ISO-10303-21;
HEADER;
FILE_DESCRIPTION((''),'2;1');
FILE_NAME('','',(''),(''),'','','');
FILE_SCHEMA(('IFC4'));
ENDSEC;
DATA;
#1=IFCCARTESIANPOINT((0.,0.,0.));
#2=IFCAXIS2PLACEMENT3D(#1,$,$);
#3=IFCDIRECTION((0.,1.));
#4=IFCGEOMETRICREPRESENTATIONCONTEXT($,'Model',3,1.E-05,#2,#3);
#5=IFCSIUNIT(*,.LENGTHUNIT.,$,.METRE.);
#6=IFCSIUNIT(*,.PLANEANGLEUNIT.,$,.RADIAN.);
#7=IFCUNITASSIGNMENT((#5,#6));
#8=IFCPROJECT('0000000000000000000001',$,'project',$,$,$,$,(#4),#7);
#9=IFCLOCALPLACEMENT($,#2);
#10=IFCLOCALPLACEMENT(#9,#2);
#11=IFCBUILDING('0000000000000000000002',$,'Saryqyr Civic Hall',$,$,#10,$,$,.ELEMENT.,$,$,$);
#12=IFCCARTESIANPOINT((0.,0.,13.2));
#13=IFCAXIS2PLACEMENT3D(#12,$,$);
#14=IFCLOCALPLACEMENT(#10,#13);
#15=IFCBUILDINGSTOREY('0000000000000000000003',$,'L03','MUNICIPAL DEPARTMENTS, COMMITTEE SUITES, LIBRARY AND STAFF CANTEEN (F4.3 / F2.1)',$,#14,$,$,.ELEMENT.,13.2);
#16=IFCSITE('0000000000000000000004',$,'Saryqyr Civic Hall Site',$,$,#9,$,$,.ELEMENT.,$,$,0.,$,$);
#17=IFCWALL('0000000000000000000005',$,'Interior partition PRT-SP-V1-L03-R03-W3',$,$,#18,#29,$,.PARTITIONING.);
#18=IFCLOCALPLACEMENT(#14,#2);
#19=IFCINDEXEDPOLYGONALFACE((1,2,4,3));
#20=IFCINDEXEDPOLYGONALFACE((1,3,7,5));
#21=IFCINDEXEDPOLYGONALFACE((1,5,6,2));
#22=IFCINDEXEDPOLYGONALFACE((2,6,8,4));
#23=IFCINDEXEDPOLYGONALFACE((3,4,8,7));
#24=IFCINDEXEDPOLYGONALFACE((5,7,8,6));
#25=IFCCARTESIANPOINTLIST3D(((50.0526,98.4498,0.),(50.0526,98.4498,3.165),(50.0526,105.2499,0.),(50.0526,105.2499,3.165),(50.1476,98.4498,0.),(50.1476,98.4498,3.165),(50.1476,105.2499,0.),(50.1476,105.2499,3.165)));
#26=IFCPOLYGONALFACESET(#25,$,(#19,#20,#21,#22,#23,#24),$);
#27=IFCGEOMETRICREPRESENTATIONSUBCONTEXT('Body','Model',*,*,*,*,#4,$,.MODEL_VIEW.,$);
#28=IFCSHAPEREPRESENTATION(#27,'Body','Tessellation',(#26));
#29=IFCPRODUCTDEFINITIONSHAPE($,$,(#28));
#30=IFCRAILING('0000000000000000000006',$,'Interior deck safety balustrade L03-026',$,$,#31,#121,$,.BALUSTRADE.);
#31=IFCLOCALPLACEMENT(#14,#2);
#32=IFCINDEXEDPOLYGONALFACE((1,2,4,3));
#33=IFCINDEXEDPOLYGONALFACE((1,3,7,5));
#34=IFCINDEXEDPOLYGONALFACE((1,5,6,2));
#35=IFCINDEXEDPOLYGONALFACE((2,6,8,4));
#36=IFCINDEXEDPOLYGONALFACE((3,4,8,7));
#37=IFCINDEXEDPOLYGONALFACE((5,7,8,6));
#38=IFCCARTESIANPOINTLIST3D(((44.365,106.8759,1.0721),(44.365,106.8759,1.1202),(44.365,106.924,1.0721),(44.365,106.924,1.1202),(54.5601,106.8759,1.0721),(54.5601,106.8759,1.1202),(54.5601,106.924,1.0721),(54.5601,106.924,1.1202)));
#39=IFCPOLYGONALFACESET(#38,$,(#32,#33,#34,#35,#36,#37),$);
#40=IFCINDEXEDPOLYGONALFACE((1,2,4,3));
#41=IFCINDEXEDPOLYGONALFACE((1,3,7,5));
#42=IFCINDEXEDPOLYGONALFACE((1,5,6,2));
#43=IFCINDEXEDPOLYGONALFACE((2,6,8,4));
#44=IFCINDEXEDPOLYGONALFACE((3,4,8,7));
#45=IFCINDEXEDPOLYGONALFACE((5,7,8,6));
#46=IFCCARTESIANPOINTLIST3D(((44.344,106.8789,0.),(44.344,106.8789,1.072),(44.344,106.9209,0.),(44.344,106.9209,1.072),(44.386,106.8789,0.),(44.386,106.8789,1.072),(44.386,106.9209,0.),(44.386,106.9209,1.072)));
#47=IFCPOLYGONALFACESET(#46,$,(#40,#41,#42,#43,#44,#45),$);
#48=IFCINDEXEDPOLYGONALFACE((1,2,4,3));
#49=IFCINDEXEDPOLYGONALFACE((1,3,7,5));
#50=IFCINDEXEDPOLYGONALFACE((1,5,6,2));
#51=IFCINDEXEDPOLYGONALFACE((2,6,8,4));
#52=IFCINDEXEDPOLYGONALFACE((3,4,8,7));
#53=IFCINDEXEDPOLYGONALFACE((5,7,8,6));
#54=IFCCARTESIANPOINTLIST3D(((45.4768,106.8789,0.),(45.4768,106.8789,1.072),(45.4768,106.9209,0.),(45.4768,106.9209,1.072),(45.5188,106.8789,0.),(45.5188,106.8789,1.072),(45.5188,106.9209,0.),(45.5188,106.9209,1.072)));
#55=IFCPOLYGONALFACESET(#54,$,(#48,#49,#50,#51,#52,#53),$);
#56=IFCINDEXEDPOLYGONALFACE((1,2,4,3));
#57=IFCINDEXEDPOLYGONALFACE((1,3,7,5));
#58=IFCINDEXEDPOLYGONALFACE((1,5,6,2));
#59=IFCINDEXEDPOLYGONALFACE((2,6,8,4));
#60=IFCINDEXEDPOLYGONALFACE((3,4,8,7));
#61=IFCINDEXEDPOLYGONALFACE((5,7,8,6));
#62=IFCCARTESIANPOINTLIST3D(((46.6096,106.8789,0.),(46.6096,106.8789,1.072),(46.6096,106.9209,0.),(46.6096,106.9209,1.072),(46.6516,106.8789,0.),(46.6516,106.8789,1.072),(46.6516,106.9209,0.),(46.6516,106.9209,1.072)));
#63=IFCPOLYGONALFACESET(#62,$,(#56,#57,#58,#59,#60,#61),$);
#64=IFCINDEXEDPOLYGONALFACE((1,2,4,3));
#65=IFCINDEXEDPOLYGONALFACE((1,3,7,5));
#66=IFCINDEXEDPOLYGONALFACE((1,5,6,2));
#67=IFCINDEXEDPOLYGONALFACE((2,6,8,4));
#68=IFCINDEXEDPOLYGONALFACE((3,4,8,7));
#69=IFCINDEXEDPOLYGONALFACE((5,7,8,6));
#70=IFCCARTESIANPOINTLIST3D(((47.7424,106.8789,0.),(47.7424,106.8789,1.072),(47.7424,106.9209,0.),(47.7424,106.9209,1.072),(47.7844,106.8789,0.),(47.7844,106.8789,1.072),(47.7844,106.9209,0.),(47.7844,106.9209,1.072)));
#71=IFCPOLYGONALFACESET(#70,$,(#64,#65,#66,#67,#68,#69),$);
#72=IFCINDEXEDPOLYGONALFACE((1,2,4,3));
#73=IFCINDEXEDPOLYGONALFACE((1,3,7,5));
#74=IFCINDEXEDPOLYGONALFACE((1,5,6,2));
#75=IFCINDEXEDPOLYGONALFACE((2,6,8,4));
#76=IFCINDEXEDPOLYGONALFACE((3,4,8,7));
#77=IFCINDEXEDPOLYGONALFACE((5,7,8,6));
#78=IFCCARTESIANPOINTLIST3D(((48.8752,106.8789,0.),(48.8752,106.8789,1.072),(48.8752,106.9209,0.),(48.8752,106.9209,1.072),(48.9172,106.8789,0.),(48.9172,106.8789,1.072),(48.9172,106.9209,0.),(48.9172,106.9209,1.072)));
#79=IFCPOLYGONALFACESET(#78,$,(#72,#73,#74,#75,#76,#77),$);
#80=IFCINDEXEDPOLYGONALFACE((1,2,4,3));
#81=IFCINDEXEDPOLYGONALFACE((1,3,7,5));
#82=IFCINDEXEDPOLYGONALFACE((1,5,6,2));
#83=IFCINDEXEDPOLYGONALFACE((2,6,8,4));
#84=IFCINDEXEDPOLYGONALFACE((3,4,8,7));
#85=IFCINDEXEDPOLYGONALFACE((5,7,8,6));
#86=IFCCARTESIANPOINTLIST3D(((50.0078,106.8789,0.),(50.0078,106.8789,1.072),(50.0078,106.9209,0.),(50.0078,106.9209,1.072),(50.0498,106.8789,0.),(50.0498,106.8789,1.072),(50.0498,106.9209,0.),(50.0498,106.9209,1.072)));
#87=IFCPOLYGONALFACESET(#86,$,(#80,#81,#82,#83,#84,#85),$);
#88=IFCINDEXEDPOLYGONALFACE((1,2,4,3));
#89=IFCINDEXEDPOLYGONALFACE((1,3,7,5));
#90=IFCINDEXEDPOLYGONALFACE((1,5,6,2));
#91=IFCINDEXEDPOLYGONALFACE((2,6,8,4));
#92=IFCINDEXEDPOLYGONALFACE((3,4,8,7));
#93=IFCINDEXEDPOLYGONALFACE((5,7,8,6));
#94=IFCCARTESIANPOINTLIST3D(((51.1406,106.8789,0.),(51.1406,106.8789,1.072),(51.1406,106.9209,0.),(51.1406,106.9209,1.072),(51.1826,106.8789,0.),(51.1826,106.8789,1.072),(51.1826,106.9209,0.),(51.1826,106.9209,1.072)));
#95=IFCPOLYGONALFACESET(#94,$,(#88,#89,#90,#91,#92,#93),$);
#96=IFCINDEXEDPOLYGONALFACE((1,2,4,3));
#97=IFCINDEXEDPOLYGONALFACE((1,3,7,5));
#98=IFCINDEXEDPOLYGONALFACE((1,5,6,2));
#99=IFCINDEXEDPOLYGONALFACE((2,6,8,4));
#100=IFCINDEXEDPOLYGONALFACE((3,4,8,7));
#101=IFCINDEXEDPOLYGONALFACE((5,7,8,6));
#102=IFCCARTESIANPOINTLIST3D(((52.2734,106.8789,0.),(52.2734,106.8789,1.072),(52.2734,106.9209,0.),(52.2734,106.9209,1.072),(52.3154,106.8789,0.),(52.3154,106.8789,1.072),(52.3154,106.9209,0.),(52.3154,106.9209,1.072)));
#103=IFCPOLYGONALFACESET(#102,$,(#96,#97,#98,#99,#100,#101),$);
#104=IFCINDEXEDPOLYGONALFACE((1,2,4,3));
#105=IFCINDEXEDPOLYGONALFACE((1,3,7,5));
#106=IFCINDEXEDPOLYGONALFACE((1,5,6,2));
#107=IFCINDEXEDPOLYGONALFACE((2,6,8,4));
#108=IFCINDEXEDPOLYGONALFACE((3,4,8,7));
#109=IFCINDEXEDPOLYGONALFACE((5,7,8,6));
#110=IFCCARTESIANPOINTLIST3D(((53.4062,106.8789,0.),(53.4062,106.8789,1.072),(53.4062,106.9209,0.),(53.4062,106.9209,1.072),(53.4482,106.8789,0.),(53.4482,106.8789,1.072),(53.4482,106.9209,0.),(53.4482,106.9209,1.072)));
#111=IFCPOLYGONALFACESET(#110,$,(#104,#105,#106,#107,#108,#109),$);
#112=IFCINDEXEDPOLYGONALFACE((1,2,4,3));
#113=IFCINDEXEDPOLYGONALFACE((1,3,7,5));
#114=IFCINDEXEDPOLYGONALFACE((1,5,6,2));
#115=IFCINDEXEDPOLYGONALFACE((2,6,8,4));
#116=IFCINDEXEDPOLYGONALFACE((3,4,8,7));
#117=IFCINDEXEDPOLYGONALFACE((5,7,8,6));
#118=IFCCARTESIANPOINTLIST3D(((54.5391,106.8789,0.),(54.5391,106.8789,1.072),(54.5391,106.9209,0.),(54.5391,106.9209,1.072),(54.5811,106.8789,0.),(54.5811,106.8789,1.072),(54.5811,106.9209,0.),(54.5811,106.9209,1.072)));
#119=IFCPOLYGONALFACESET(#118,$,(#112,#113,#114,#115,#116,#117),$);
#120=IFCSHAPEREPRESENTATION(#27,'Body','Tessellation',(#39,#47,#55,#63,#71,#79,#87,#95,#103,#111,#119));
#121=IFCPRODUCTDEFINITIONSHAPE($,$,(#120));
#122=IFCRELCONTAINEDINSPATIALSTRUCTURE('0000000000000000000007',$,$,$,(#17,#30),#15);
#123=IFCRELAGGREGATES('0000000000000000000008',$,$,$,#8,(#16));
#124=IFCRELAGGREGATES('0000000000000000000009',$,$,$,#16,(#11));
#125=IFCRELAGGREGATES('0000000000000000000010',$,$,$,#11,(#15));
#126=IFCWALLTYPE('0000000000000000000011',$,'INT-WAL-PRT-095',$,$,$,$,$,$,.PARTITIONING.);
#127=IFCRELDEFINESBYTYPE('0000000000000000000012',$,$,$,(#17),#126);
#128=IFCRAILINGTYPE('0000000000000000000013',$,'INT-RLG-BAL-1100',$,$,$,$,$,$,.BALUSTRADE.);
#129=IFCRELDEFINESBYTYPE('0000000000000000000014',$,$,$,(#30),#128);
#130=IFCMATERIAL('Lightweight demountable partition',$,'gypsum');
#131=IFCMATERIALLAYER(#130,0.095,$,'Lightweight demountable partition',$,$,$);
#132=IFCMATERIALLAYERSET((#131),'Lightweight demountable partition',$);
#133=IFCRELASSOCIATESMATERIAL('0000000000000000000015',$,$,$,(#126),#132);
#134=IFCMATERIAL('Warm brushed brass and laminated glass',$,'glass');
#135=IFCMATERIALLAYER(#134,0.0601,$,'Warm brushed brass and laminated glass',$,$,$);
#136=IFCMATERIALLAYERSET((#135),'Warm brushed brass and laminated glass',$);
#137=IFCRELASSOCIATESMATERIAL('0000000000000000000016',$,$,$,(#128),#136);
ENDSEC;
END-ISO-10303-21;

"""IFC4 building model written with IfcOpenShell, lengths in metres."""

from ifc_helpers import new_model, si_unit, direction, frame, frame_2d, origin, origin_2d, place, context, subcontext, project, spatial, rectangle, extrude, material, layer, layer_set, type_object, element, save


model = new_model("IFC4")

# Units and contexts
model_context = context("Model", 3, precision=1e-05, world=origin(), true_north=direction((0.0, 1.0)))
body_context = subcontext(model_context, "Body", "Model", "MODEL_VIEW")
ifc_project = project(units=[si_unit("LENGTHUNIT", "METRE"), si_unit("PLANEANGLEUNIT", "RADIAN")], contexts=[model_context])

# Site, building, storey
site_placement = place(None, origin())
site = spatial("IfcSite", under=ifc_project, at=site_placement, Name="Saryqyr Civic Hall Site", CompositionType="ELEMENT", RefElevation=0.0)
building_placement = place(site_placement, origin())
building = spatial("IfcBuilding", under=site, at=building_placement, Name="Saryqyr Civic Hall", CompositionType="ELEMENT")
storey_placement = place(building_placement, frame((0.0, 0.0, 13.2)))
storey = spatial("IfcBuildingStorey", under=building, at=storey_placement, Name="L03", Description="MUNICIPAL DEPARTMENTS, COMMITTEE SUITES, LIBRARY AND STAFF CANTEEN (F4.3 / F2.1)", CompositionType="ELEMENT", Elevation=13.2)

# Wall
ifc_material_1 = material(Name="Lightweight demountable partition", Category="gypsum")
ifc_layer_1 = layer(ifc_material_1, 0.095, Name="Lightweight demountable partition")
ifc_layer_set_1 = layer_set([ifc_layer_1], Name="Lightweight demountable partition")
wall_type_1 = type_object("IfcWallType", Name="INT-WAL-PRT-095", PredefinedType="PARTITIONING", material=ifc_layer_set_1)
wall_1_placement = place(storey_placement, frame((50.1001, 98.45, 0.0), z_axis=(0.0, 0.0, 1.0), x_axis=(0.0, 1.0, 0.0)))
element("IfcWall", 1, at=wall_1_placement, inside=storey, type_object=wall_type_1, Name="Interior partition PRT-SP-V1-L03-R03-W3", PredefinedType="PARTITIONING", context=body_context, shape_type="SweptSolid", body=[
    extrude(rectangle(XDim=6.8, YDim=0.095, at=frame_2d((3.3999, 0.0))), origin(), (0.0, 0.0, 1.0), 3.165),
])

# Railing
ifc_material_2 = material(Name="Warm brushed brass and laminated glass", Category="glass")
ifc_layer_2 = layer(ifc_material_2, 0.0601, Name="Warm brushed brass and laminated glass")
ifc_layer_set_2 = layer_set([ifc_layer_2], Name="Warm brushed brass and laminated glass")
railing_type = type_object("IfcRailingType", Name="INT-RLG-BAL-1100", PredefinedType="BALUSTRADE", material=ifc_layer_set_2)
railing_placement = place(storey_placement, frame((44.365, 106.8999, 0.0)))
element("IfcRailing", 2, at=railing_placement, inside=storey, type_object=railing_type, Name="Interior deck safety balustrade L03-026", PredefinedType="BALUSTRADE", context=body_context, shape_type="SweptSolid", body=[
    extrude(rectangle(XDim=0.0481, YDim=0.0481, at=origin_2d()), frame((0.0, 0.0, 1.0962), z_axis=(1.0, 0.0, 0.0), x_axis=(0.0, 1.0, 0.0)), (0.0, 0.0, 1.0), 10.1951),
    extrude(rectangle(XDim=0.042, YDim=0.042, at=origin_2d()), origin(), (0.0, 0.0, 1.0), 1.072),
    extrude(rectangle(XDim=0.042, YDim=0.042, at=origin_2d()), frame((1.1328, 0.0, 0.0)), (0.0, 0.0, 1.0), 1.072),
    extrude(rectangle(XDim=0.042, YDim=0.042, at=origin_2d()), frame((2.2656, 0.0, 0.0)), (0.0, 0.0, 1.0), 1.072),
    extrude(rectangle(XDim=0.042, YDim=0.042, at=origin_2d()), frame((3.3984, 0.0, 0.0)), (0.0, 0.0, 1.0), 1.072),
    extrude(rectangle(XDim=0.042, YDim=0.042, at=origin_2d()), frame((4.5312, 0.0, 0.0)), (0.0, 0.0, 1.0), 1.072),
    extrude(rectangle(XDim=0.042, YDim=0.042, at=origin_2d()), frame((5.6638, 0.0, 0.0)), (0.0, 0.0, 1.0), 1.072),
    extrude(rectangle(XDim=0.042, YDim=0.042, at=origin_2d()), frame((6.7966, 0.0, 0.0)), (0.0, 0.0, 1.0), 1.072),
    extrude(rectangle(XDim=0.042, YDim=0.042, at=origin_2d()), frame((7.9294, 0.0, 0.0)), (0.0, 0.0, 1.0), 1.072),
    extrude(rectangle(XDim=0.042, YDim=0.042, at=origin_2d()), frame((9.0623, 0.0, 0.0)), (0.0, 0.0, 1.0), 1.072),
    extrude(rectangle(XDim=0.042, YDim=0.042, at=origin_2d()), frame((10.1951, 0.0, 0.0)), (0.0, 0.0, 1.0), 1.072),
])

save(model, "model.ifc")
